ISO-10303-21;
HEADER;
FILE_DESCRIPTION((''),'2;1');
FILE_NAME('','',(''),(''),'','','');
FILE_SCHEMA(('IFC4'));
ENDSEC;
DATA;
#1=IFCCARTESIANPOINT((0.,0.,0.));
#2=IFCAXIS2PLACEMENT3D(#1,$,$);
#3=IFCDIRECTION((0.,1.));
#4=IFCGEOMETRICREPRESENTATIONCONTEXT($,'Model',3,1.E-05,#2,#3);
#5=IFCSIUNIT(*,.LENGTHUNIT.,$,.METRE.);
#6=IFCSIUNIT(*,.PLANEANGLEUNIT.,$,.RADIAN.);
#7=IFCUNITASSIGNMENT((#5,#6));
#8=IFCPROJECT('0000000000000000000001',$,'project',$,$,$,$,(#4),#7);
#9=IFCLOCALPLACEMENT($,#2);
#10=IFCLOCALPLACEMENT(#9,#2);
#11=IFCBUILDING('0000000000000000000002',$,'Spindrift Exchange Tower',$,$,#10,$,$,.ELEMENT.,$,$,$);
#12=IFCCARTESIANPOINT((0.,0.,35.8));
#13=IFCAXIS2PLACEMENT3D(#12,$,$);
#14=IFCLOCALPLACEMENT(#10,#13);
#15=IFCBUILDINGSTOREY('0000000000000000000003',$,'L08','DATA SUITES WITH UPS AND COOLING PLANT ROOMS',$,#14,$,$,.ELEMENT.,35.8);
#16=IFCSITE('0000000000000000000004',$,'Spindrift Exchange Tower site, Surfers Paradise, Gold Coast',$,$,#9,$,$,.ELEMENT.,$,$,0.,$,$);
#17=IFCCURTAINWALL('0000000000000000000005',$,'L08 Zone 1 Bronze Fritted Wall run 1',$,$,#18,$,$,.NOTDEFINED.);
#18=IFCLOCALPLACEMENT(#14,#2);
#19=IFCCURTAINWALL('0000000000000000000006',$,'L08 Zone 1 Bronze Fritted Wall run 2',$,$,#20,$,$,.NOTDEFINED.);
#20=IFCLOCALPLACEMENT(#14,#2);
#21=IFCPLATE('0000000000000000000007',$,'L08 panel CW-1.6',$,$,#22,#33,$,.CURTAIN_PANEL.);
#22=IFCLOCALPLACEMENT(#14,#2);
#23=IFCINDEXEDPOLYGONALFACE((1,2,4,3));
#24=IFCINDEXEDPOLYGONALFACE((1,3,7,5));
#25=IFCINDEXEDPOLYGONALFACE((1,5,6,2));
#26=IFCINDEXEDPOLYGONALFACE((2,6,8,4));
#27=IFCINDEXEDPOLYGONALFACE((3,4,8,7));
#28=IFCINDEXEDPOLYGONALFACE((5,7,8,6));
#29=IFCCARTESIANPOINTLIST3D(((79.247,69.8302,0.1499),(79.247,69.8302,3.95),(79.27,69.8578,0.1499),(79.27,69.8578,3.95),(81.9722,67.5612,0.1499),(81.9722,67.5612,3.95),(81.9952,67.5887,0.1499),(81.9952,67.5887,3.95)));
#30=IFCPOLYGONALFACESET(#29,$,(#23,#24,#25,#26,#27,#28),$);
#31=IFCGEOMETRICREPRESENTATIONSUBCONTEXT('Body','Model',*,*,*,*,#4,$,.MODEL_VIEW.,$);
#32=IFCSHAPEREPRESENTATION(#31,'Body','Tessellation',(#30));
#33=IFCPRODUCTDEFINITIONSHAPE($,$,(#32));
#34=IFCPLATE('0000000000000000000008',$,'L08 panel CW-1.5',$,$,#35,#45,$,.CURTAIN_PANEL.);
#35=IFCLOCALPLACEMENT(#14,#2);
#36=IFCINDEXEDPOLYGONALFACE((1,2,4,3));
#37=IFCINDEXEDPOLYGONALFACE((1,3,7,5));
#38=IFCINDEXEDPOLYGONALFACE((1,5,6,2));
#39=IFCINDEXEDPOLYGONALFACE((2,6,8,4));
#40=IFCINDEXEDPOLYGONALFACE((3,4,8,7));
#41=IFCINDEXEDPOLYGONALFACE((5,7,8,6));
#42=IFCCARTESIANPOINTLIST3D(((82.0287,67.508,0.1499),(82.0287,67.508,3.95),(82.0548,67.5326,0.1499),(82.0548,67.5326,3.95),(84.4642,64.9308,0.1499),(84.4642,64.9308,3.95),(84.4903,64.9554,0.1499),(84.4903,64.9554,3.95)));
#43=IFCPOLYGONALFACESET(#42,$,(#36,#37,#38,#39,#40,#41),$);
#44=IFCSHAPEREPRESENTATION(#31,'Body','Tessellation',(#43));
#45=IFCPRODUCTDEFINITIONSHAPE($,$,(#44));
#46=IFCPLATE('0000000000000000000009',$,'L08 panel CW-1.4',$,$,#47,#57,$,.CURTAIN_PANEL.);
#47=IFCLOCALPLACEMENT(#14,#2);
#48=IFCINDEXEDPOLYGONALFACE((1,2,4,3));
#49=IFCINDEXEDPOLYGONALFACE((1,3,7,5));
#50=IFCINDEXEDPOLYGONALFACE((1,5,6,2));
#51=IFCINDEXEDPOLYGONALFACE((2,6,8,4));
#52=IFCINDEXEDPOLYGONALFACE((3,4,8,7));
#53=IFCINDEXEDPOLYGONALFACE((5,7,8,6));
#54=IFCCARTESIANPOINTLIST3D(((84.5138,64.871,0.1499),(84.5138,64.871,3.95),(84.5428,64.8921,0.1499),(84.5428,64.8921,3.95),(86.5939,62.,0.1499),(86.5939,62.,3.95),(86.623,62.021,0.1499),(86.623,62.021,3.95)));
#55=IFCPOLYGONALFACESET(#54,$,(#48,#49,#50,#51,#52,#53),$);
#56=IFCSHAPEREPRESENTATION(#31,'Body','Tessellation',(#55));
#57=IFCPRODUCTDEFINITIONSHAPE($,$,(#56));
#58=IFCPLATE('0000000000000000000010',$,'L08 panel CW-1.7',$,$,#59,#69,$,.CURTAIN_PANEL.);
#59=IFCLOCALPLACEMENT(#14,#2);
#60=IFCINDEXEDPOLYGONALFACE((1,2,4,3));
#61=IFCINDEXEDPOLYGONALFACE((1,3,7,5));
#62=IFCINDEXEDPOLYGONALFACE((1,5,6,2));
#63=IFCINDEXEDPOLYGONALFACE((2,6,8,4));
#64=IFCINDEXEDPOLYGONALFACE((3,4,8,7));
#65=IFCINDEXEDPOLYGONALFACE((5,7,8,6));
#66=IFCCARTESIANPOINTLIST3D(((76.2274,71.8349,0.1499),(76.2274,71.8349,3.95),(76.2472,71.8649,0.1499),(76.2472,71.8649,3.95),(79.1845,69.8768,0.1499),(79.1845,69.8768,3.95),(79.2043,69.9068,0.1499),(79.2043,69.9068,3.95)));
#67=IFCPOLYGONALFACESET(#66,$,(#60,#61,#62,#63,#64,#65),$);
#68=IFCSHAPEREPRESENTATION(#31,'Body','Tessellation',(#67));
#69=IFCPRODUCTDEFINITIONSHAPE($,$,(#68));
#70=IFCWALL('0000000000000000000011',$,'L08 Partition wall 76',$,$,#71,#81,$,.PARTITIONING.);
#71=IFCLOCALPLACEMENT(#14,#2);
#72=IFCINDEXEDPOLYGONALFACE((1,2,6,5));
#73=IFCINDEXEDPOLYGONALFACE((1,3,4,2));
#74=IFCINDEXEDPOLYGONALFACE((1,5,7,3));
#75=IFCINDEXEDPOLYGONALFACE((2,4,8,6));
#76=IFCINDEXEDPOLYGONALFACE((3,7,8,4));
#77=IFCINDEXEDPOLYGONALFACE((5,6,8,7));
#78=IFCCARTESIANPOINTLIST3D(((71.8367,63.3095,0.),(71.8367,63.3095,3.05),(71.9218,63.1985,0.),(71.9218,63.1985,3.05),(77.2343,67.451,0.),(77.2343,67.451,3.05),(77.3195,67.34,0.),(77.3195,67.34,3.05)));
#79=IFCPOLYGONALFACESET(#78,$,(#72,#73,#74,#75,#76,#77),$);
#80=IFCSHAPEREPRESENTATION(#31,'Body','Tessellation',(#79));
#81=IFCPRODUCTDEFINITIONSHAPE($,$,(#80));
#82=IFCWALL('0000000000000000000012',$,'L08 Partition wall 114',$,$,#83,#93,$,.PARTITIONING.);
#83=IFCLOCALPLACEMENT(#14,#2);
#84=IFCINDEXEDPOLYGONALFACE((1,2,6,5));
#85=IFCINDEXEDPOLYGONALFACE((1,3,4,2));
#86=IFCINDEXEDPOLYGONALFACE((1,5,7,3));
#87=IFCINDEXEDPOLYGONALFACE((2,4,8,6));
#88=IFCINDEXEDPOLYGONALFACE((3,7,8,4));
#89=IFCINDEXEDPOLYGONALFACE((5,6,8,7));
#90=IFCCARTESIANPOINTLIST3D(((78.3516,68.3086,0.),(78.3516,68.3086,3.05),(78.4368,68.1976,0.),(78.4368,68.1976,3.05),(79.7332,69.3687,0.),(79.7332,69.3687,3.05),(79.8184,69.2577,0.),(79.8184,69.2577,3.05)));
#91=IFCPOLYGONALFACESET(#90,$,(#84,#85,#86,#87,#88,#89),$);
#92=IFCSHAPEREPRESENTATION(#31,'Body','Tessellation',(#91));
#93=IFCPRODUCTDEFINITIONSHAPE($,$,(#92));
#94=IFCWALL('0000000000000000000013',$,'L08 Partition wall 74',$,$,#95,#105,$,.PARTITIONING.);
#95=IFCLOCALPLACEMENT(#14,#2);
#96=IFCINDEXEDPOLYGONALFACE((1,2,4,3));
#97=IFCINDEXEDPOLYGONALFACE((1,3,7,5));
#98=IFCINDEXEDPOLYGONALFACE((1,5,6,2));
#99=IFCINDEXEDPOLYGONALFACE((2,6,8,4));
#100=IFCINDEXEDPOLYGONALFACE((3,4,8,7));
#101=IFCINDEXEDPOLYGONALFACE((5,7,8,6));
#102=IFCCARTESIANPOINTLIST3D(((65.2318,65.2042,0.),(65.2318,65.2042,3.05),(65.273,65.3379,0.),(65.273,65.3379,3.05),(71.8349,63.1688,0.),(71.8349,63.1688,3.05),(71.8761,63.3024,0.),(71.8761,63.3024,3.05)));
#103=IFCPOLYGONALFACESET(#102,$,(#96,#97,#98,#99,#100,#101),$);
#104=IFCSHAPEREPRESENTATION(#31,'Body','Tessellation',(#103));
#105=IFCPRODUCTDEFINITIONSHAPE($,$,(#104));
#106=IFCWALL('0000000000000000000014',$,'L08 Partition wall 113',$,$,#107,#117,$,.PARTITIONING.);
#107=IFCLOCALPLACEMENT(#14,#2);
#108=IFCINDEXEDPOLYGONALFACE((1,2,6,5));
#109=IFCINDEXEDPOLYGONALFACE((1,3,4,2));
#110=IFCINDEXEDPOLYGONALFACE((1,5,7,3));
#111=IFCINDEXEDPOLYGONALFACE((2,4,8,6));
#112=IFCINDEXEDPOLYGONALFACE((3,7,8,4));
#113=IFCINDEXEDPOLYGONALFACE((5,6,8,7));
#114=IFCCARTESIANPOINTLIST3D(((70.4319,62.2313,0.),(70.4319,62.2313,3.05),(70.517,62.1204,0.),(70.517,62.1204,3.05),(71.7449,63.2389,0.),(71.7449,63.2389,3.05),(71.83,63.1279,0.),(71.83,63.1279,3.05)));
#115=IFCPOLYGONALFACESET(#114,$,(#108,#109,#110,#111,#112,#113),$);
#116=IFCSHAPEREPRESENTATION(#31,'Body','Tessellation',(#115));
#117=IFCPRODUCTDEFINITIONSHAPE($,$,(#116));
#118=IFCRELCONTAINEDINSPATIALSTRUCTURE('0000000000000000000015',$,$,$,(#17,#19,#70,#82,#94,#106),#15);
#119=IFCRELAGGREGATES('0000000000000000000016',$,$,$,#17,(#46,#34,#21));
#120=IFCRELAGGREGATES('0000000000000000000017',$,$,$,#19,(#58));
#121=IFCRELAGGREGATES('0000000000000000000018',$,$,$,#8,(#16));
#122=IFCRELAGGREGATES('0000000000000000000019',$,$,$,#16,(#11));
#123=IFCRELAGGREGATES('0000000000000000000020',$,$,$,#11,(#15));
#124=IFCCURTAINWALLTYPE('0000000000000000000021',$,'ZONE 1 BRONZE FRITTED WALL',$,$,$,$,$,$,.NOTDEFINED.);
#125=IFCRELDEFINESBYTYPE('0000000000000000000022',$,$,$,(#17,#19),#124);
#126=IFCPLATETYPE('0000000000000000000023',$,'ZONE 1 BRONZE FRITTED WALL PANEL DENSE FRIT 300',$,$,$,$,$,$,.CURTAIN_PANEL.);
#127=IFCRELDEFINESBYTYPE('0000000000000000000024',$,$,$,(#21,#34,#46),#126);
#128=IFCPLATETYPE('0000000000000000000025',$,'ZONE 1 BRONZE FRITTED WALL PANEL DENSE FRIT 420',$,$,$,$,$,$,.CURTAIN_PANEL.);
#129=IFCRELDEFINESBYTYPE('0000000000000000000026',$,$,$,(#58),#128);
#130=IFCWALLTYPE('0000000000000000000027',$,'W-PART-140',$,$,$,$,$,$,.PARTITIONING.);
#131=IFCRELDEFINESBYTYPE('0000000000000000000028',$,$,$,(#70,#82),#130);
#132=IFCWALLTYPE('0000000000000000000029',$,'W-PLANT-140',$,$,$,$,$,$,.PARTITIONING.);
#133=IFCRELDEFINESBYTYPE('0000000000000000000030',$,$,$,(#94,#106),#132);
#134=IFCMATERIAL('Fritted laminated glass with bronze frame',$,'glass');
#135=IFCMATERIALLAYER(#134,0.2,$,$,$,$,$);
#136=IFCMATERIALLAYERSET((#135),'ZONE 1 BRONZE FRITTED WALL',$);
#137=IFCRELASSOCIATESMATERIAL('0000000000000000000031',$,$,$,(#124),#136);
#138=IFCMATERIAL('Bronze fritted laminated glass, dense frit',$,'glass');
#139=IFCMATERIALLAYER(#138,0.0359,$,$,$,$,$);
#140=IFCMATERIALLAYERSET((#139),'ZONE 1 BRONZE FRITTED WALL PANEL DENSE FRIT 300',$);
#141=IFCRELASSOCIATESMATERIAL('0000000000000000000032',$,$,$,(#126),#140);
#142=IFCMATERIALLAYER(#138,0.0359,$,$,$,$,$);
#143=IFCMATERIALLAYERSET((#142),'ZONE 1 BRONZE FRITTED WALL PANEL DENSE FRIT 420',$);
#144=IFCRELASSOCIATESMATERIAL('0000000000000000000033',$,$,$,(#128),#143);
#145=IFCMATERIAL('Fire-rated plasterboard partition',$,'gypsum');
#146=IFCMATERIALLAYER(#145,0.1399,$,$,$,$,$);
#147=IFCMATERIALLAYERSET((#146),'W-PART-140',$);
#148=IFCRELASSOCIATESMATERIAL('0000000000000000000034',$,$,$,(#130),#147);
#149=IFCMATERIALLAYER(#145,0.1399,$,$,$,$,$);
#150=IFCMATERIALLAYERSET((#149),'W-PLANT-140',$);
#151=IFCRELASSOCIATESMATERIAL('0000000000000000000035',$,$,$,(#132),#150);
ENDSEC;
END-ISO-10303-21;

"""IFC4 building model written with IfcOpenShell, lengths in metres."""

from ifc_helpers import new_model, si_unit, direction, frame, frame_2d, origin, origin_2d, place, context, subcontext, project, spatial, rectangle, extrude, source, transform, mapped, material, layer, layer_set, type_object, element, aggregate, save


model = new_model("IFC4")

# Units and contexts
model_context = context("Model", 3, precision=1e-05, world=origin(), true_north=direction((0.0, 1.0)))
body_context = subcontext(model_context, "Body", "Model", "MODEL_VIEW")
ifc_project = project(units=[si_unit("LENGTHUNIT", "METRE"), si_unit("PLANEANGLEUNIT", "RADIAN")], contexts=[model_context])

# Site, building, storey
site_placement = place(None, origin())
site = spatial("IfcSite", under=ifc_project, at=site_placement, Name="Spindrift Exchange Tower site, Surfers Paradise, Gold Coast", CompositionType="ELEMENT", RefElevation=0.0)
building_placement = place(site_placement, origin())
building = spatial("IfcBuilding", under=site, at=building_placement, Name="Spindrift Exchange Tower", CompositionType="ELEMENT")
storey_placement = place(building_placement, frame((0.0, 0.0, 35.8)))
storey = spatial("IfcBuildingStorey", under=building, at=storey_placement, Name="L08", Description="DATA SUITES WITH UPS AND COOLING PLANT ROOMS", CompositionType="ELEMENT", Elevation=35.8)

# Curtain walls
ifc_material_1 = material(Name="Fritted laminated glass with bronze frame", Category="glass")
ifc_layer_1 = layer(ifc_material_1, 0.2)
ifc_layer_set_1 = layer_set([ifc_layer_1], Name="ZONE 1 BRONZE FRITTED WALL")
curtain_wall_type = type_object("IfcCurtainWallType", Name="ZONE 1 BRONZE FRITTED WALL", PredefinedType="NOTDEFINED", material=ifc_layer_set_1)
curtain_wall_1_placement = place(storey_placement, origin())
curtain_wall_1 = element("IfcCurtainWall", 1, at=curtain_wall_1_placement, inside=storey, type_object=curtain_wall_type, Name="L08 Zone 1 Bronze Fritted Wall run 1", PredefinedType="NOTDEFINED")
curtain_wall_2_placement = place(storey_placement, origin())
curtain_wall_2 = element("IfcCurtainWall", 2, at=curtain_wall_2_placement, inside=storey, type_object=curtain_wall_type, Name="L08 Zone 1 Bronze Fritted Wall run 2", PredefinedType="NOTDEFINED")

# Plates
ifc_material_2 = material(Name="Bronze fritted laminated glass, dense frit", Category="glass")
ifc_layer_2 = layer(ifc_material_2, 0.0359)
ifc_layer_set_2 = layer_set([ifc_layer_2], Name="ZONE 1 BRONZE FRITTED WALL PANEL DENSE FRIT 300")
plate_type_1 = type_object("IfcPlateType", Name="ZONE 1 BRONZE FRITTED WALL PANEL DENSE FRIT 300", PredefinedType="CURTAIN_PANEL", material=ifc_layer_set_2)
shared_shape_1 = source(origin(), body_context, "Body", "SweptSolid", [
    extrude(rectangle(XDim=3.5461, YDim=0.0359, at=origin_2d()), origin(), (0.0, 0.0, 1.0), 3.8),
])
plate_1_placement = place(storey_placement, frame((80.6211, 68.7095, 0.1499), z_axis=(0.0, 0.0, 1.0), x_axis=(-0.768486, 0.639867, 0.0)))
plate_1 = element("IfcPlate", 3, at=plate_1_placement, type_object=plate_type_1, Name="L08 panel CW-1.6", PredefinedType="CURTAIN_PANEL", context=body_context, shape_type="MappedRepresentation", body=[
    mapped(shared_shape_1, transform((0.0, 0.0, 0.0), scale=1.0)),
])
shared_shape_2 = source(origin(), body_context, "Body", "SweptSolid", [
    extrude(rectangle(XDim=3.5459, YDim=0.0359, at=origin_2d()), origin(), (0.0, 0.0, 1.0), 3.8),
])
plate_2_placement = place(storey_placement, frame((83.2595, 66.2317, 0.1499), z_axis=(0.0, 0.0, 1.0), x_axis=(-0.686843, 0.726806, 0.0)))
plate_2 = element("IfcPlate", 4, at=plate_2_placement, type_object=plate_type_1, Name="L08 panel CW-1.5", PredefinedType="CURTAIN_PANEL", context=body_context, shape_type="MappedRepresentation", body=[
    mapped(shared_shape_2, transform((0.0, 0.0, 0.0), scale=1.0)),
])
shared_shape_3 = source(origin(), body_context, "Body", "SweptSolid", [
    extrude(rectangle(XDim=3.5454, YDim=0.0359, at=origin_2d()), origin(), (0.0, 0.0, 1.0), 3.8),
])
plate_3_placement = place(storey_placement, frame((85.5684, 63.446, 0.1499), z_axis=(0.0, 0.0, 1.0), x_axis=(-0.586709, 0.809798, 0.0)))
plate_3 = element("IfcPlate", 5, at=plate_3_placement, type_object=plate_type_1, Name="L08 panel CW-1.4", PredefinedType="CURTAIN_PANEL", context=body_context, shape_type="MappedRepresentation", body=[
    mapped(shared_shape_3, transform((0.0, 0.0, 0.0), scale=1.0)),
])
aggregate(curtain_wall_1, [plate_3, plate_2, plate_1])
ifc_layer_3 = layer(ifc_material_2, 0.0359)
ifc_layer_set_3 = layer_set([ifc_layer_3], Name="ZONE 1 BRONZE FRITTED WALL PANEL DENSE FRIT 420")
plate_type_2 = type_object("IfcPlateType", Name="ZONE 1 BRONZE FRITTED WALL PANEL DENSE FRIT 420", PredefinedType="CURTAIN_PANEL", material=ifc_layer_set_3)
shared_shape_4 = source(origin(), body_context, "Body", "SweptSolid", [
    extrude(rectangle(XDim=3.5466, YDim=0.0359, at=origin_2d()), origin(), (0.0, 0.0, 1.0), 3.8),
])
plate_4_placement = place(storey_placement, frame((77.7158, 70.8708, 0.1499), z_axis=(0.0, 0.0, 1.0), x_axis=(-0.833773, 0.552107, 0.0)))
plate_4 = element("IfcPlate", 6, at=plate_4_placement, type_object=plate_type_2, Name="L08 panel CW-1.7", PredefinedType="CURTAIN_PANEL", context=body_context, shape_type="MappedRepresentation", body=[
    mapped(shared_shape_4, transform((0.0, 0.0, 0.0), scale=1.0)),
])
aggregate(curtain_wall_2, [plate_4])

# Walls
ifc_material_3 = material(Name="Fire-rated plasterboard partition", Category="gypsum")
ifc_layer_4 = layer(ifc_material_3, 0.1399)
ifc_layer_set_4 = layer_set([ifc_layer_4], Name="W-PART-140")
wall_type_1 = type_object("IfcWallType", Name="W-PART-140", PredefinedType="PARTITIONING", material=ifc_layer_set_4)
wall_1_placement = place(storey_placement, frame((71.8792, 63.2539, 0.0), z_axis=(0.0, 0.0, 1.0), x_axis=(0.793368, 0.608743, 0.0)))
element("IfcWall", 7, at=wall_1_placement, inside=storey, type_object=wall_type_1, Name="L08 Partition wall 76", PredefinedType="PARTITIONING", context=body_context, shape_type="SweptSolid", body=[
    extrude(rectangle(XDim=6.8035, YDim=0.1399, at=frame_2d((3.4019, 0.0))), origin(), (0.0, 0.0, 1.0), 3.05),
])
wall_2_placement = place(storey_placement, frame((78.3943, 68.2532, 0.0), z_axis=(0.0, 0.0, 1.0), x_axis=(0.793374, 0.608735, 0.0)))
element("IfcWall", 8, at=wall_2_placement, inside=storey, type_object=wall_type_1, Name="L08 Partition wall 114", PredefinedType="PARTITIONING", context=body_context, shape_type="SweptSolid", body=[
    extrude(rectangle(XDim=1.7415, YDim=0.1399, at=frame_2d((0.8706, 0.0))), origin(), (0.0, 0.0, 1.0), 3.05),
])
ifc_layer_5 = layer(ifc_material_3, 0.1399)
ifc_layer_set_5 = layer_set([ifc_layer_5], Name="W-PLANT-140")
wall_type_2 = type_object("IfcWallType", Name="W-PLANT-140", PredefinedType="PARTITIONING", material=ifc_layer_set_5)
wall_3_placement = place(storey_placement, frame((71.8555, 63.2356, 0.0), z_axis=(0.0, 0.0, 1.0), x_axis=(-0.955628, 0.294575, 0.0)))
element("IfcWall", 9, at=wall_3_placement, inside=storey, type_object=wall_type_2, Name="L08 Partition wall 74", PredefinedType="PARTITIONING", context=body_context, shape_type="SweptSolid", body=[
    extrude(rectangle(XDim=6.9097, YDim=0.1399, at=frame_2d((3.4548, 0.0))), origin(), (0.0, 0.0, 1.0), 3.05),
])
wall_4_placement = place(storey_placement, frame((70.4744, 62.1758, 0.0), z_axis=(0.0, 0.0, 1.0), x_axis=(0.793331, 0.608791, 0.0)))
element("IfcWall", 10, at=wall_4_placement, inside=storey, type_object=wall_type_2, Name="L08 Partition wall 113", PredefinedType="PARTITIONING", context=body_context, shape_type="SweptSolid", body=[
    extrude(rectangle(XDim=1.655, YDim=0.1399, at=frame_2d((0.8276, 0.0))), origin(), (0.0, 0.0, 1.0), 3.05),
])

save(model, "model.ifc")
